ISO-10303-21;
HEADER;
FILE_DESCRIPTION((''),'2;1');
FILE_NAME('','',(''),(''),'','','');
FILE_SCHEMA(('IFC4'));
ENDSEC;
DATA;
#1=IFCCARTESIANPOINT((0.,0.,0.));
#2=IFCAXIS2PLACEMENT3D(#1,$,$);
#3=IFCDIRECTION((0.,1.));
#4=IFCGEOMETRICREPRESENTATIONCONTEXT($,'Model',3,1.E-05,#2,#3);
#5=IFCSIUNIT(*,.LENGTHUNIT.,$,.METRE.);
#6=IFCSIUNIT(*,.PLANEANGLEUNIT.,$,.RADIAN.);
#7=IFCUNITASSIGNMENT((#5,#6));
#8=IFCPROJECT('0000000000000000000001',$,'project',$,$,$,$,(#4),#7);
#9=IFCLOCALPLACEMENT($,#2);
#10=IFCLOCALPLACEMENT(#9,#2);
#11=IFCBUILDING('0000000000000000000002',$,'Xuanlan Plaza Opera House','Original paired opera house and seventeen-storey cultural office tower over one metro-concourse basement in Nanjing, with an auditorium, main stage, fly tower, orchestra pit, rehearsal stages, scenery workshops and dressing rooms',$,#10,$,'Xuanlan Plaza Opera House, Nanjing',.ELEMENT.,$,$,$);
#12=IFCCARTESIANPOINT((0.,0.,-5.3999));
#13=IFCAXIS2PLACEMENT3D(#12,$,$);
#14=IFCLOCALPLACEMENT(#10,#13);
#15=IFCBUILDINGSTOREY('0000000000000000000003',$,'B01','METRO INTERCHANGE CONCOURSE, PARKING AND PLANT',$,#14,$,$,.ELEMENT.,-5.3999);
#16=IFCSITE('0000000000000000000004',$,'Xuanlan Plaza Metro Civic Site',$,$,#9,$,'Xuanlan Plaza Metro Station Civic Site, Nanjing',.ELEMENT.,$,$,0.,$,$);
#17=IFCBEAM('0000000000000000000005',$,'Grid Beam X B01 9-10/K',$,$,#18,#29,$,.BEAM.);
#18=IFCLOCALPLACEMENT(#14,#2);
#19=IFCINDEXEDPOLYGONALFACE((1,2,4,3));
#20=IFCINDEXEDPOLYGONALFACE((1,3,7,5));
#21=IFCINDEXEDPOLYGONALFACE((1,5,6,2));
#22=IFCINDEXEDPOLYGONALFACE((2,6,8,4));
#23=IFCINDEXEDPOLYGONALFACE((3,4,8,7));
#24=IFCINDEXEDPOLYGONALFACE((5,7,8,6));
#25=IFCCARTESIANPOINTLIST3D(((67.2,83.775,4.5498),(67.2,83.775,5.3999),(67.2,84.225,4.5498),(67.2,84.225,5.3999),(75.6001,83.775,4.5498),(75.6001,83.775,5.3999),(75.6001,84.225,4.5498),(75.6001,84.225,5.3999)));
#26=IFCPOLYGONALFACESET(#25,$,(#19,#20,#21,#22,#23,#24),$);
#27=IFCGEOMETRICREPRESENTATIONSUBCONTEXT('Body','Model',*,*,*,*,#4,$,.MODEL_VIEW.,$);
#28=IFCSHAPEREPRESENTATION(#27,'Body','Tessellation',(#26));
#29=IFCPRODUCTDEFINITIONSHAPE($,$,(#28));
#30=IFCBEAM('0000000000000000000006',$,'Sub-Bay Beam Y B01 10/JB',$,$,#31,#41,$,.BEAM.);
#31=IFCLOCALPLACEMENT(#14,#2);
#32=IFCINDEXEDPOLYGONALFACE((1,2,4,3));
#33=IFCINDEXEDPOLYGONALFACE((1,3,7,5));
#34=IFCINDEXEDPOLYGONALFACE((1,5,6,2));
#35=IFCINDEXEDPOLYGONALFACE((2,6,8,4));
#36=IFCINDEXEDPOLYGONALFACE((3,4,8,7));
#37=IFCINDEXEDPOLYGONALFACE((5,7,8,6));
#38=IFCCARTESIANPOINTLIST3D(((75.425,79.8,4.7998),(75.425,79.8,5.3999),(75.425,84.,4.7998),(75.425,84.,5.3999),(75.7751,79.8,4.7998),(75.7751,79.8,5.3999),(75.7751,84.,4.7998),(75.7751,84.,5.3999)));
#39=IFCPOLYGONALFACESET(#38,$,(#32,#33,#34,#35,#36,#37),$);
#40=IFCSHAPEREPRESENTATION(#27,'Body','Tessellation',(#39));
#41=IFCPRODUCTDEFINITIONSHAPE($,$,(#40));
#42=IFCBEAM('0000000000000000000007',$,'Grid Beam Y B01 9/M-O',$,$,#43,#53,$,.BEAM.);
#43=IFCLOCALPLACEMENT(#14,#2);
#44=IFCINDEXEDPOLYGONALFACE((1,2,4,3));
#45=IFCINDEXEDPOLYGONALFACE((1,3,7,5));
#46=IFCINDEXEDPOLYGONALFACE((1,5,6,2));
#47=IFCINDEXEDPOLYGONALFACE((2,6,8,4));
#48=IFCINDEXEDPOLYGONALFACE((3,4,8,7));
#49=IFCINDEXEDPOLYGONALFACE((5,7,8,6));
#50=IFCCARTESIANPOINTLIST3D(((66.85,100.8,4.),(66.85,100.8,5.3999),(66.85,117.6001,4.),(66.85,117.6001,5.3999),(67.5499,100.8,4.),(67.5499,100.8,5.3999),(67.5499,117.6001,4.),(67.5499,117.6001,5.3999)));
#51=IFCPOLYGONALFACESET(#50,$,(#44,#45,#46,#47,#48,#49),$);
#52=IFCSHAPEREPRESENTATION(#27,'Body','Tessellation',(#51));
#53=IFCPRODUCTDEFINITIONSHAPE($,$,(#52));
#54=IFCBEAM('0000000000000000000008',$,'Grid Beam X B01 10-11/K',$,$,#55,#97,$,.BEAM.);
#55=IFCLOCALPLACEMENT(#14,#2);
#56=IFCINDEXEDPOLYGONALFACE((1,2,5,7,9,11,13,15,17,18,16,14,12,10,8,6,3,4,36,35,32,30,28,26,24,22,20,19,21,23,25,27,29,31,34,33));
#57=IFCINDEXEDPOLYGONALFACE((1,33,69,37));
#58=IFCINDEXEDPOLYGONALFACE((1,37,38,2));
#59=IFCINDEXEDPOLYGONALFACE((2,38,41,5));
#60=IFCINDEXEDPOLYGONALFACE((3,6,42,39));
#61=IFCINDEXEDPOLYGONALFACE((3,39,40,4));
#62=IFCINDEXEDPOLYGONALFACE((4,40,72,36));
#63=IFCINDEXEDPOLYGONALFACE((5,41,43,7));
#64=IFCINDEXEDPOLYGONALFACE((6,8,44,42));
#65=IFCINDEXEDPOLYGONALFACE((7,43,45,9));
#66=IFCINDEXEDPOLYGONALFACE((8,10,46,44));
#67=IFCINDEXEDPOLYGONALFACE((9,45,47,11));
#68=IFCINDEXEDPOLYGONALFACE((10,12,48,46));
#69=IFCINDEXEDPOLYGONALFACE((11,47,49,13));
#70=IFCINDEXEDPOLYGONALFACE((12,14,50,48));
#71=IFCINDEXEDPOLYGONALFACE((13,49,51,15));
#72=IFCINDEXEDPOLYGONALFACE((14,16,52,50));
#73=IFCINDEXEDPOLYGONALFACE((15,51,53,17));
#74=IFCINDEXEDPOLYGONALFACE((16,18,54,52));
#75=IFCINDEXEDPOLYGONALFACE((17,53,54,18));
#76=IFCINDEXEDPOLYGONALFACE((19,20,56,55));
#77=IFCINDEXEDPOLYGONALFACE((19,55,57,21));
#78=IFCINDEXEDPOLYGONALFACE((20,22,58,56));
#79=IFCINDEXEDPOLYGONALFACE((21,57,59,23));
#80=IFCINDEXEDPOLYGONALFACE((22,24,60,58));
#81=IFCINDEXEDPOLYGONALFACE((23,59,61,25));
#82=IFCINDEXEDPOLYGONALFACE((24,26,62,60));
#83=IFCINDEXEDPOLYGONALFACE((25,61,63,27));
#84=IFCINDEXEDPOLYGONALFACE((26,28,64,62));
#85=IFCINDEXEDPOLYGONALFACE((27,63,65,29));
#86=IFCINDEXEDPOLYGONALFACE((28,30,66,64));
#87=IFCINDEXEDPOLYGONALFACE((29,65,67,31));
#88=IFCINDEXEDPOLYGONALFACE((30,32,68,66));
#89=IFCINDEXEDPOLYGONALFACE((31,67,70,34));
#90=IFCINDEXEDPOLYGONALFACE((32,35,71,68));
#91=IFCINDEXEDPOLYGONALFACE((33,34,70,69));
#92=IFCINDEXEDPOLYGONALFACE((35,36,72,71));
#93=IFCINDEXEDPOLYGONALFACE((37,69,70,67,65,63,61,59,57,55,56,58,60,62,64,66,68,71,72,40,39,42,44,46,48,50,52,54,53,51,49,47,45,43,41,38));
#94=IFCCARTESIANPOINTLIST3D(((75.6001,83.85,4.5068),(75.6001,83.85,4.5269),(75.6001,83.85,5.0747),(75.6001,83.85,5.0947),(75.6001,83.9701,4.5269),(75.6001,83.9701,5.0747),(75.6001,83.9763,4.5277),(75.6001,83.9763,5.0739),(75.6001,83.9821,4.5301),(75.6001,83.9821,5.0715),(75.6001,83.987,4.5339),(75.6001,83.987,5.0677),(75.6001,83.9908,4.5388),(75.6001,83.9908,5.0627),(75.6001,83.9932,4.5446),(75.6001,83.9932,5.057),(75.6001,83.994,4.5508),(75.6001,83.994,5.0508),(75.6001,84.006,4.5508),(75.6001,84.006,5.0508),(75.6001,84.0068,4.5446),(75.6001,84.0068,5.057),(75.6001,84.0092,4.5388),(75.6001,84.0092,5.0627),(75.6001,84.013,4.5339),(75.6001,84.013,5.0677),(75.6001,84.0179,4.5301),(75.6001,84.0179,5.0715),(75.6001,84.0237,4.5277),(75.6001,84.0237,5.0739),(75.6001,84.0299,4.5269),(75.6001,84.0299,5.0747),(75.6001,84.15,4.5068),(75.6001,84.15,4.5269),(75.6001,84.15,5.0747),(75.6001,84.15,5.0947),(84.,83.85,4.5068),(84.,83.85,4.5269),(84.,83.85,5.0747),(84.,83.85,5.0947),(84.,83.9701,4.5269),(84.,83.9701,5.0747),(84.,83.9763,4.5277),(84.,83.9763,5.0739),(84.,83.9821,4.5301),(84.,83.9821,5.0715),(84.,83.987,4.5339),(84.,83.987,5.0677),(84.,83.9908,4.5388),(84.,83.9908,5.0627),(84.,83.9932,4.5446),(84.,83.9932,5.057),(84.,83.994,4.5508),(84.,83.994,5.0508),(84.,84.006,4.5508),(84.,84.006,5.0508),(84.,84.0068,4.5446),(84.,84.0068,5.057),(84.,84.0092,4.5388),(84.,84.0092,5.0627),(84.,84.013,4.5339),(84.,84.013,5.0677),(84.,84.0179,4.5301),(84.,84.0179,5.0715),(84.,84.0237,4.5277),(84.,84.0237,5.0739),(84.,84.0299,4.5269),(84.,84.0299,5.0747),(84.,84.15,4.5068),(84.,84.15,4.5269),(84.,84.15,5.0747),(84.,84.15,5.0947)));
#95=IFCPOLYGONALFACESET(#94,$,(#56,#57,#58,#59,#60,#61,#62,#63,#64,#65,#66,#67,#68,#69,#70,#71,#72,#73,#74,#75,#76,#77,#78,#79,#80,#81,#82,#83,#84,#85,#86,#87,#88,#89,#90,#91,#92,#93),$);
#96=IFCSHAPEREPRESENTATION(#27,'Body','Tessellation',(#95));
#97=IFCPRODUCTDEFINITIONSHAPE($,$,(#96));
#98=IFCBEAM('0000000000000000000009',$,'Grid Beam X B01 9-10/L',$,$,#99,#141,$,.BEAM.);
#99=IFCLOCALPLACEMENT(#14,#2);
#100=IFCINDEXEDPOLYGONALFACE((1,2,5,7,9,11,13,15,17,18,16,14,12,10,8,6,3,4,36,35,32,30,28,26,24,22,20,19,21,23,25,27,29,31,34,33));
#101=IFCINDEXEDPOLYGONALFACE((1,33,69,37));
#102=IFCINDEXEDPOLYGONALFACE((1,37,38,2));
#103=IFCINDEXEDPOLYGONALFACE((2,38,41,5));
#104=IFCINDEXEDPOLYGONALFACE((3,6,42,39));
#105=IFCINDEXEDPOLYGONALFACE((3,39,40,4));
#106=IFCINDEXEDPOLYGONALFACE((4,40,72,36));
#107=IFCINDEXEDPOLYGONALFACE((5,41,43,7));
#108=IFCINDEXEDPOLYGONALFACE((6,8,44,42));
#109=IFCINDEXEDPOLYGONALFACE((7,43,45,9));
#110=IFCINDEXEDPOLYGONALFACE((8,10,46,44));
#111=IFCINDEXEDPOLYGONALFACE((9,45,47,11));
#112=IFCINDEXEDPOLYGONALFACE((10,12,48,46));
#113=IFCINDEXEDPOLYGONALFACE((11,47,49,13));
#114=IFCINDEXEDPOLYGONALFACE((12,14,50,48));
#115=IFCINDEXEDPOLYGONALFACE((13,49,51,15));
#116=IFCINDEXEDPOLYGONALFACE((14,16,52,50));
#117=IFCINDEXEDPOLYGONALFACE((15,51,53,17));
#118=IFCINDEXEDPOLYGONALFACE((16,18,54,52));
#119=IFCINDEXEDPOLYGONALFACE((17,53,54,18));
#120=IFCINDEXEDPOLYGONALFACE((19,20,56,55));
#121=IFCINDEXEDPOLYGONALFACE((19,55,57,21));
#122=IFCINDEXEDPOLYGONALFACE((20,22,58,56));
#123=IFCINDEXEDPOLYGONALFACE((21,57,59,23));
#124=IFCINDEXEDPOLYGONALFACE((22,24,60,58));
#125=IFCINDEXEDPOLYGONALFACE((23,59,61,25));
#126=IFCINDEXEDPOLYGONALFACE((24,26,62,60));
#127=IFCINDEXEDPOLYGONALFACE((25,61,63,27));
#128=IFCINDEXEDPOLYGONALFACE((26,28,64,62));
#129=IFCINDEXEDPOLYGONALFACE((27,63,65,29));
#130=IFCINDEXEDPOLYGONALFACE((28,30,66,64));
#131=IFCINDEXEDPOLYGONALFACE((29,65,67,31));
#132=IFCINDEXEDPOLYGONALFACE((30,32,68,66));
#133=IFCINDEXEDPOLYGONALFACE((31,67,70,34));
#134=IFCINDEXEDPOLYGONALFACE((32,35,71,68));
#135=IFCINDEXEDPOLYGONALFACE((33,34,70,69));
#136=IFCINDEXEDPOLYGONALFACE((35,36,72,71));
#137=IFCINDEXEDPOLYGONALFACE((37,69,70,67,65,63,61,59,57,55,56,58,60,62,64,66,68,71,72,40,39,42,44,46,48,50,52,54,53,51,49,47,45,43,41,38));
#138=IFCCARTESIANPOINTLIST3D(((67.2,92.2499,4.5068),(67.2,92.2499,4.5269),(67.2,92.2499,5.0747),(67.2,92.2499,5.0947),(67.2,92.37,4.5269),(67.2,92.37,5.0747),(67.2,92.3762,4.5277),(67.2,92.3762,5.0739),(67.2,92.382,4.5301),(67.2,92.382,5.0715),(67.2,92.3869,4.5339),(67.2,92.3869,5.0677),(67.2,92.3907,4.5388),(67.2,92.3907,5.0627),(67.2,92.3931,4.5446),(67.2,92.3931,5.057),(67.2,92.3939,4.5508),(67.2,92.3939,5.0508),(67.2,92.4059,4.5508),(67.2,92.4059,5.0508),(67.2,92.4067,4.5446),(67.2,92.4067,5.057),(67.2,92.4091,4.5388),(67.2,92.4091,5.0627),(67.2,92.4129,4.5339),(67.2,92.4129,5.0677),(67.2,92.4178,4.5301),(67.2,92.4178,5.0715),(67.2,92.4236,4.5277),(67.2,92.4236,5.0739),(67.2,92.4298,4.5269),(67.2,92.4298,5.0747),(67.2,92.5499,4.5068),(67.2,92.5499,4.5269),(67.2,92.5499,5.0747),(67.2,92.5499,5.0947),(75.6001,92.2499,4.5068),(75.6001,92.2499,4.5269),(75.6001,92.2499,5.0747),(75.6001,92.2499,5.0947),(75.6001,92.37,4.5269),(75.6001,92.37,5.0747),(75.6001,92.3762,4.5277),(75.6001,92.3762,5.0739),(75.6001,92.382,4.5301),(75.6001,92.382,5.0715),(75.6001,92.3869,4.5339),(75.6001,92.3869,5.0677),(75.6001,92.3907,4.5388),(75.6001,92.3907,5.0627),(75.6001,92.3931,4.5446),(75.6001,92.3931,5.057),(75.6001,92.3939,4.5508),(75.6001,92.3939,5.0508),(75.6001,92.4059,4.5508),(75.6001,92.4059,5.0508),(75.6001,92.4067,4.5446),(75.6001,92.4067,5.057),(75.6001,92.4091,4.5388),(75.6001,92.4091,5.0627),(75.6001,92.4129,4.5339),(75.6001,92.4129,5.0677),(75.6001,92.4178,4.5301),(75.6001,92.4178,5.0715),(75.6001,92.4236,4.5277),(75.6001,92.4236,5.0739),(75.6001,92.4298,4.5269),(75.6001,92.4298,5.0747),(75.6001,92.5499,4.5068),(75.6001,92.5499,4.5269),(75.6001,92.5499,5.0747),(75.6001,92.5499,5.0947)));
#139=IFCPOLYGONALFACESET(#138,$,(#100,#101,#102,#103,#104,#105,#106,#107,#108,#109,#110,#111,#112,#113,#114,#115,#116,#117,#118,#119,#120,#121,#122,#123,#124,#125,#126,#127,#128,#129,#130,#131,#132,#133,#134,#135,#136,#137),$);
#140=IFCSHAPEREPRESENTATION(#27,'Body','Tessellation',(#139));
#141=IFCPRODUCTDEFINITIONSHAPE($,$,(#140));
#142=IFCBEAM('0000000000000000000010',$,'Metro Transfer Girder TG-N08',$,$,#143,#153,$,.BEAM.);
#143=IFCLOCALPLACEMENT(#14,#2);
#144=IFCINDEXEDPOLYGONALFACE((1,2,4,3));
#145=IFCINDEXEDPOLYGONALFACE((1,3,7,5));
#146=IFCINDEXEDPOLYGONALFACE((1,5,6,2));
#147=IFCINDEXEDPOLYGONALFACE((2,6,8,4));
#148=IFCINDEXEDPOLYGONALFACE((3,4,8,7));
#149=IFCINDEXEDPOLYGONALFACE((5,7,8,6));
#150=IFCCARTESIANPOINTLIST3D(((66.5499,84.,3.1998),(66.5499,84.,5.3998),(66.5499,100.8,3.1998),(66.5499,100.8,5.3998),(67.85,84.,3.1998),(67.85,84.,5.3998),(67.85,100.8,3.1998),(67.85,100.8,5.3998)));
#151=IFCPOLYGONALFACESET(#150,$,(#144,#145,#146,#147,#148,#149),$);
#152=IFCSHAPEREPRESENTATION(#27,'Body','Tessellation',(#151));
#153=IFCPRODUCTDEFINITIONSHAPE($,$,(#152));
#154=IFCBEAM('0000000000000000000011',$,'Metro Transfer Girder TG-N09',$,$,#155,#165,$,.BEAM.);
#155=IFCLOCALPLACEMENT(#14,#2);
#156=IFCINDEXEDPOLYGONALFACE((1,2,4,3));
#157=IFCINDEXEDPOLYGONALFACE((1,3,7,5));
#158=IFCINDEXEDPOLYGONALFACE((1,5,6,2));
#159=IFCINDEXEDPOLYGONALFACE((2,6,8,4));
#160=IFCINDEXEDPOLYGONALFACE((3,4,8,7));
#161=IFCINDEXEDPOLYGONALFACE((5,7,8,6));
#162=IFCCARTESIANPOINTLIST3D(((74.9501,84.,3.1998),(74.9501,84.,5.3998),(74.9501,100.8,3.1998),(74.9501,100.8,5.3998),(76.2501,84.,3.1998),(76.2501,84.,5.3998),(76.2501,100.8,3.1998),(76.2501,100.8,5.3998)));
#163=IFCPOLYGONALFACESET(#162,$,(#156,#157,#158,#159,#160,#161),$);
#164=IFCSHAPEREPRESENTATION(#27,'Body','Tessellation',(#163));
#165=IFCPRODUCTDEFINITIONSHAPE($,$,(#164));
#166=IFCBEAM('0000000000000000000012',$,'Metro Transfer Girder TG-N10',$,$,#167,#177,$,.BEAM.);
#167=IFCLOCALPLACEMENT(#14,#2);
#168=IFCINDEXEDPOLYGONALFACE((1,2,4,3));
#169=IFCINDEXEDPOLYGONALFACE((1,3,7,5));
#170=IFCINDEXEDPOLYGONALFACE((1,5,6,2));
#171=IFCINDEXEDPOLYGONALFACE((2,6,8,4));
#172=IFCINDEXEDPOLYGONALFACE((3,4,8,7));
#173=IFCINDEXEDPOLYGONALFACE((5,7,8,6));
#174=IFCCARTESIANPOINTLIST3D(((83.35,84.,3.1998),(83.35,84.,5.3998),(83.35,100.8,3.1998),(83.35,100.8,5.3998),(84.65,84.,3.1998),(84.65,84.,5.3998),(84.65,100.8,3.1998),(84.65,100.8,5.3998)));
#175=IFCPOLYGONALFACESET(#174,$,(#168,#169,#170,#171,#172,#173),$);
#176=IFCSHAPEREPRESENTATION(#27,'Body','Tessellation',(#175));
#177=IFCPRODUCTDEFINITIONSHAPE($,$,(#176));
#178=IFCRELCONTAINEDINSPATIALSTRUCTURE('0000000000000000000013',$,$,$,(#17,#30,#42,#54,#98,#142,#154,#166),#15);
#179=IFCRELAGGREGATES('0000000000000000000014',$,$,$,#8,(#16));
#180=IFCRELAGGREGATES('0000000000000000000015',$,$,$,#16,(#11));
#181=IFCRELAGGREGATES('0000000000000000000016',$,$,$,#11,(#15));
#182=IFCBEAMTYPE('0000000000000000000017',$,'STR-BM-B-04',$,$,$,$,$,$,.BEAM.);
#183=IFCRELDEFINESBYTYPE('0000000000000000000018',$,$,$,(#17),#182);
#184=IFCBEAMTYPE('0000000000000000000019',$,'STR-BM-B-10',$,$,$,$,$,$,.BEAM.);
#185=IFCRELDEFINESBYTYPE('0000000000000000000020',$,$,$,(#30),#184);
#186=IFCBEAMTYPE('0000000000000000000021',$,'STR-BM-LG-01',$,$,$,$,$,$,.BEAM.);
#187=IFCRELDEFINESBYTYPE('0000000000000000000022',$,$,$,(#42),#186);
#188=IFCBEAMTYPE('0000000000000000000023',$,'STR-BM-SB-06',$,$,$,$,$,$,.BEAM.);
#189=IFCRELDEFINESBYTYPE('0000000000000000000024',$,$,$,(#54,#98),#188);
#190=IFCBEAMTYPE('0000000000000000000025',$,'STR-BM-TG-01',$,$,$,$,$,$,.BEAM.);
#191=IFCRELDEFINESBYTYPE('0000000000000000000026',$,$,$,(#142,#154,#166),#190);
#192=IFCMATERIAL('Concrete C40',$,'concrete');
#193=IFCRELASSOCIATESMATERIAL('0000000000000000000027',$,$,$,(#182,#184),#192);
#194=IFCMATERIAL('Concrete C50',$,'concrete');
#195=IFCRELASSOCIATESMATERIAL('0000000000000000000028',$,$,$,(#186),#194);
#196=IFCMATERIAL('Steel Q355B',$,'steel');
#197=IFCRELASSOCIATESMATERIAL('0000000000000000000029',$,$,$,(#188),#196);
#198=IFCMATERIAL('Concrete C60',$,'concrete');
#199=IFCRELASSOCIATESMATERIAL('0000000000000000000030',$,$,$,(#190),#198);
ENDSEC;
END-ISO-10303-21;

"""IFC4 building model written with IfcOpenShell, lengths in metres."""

from ifc_helpers import new_model, si_unit, direction, frame, origin, origin_2d, place, context, subcontext, project, spatial, rectangle, i_section, extrude, material, material_profile, profile_set, type_object, element, save


model = new_model("IFC4")

# Units and contexts
model_context = context("Model", 3, precision=1e-05, world=origin(), true_north=direction((0.0, 1.0)))
body_context = subcontext(model_context, "Body", "Model", "MODEL_VIEW")
ifc_project = project(units=[si_unit("LENGTHUNIT", "METRE"), si_unit("PLANEANGLEUNIT", "RADIAN")], contexts=[model_context])

# Site, building, storey
site_placement = place(None, origin())
site = spatial("IfcSite", under=ifc_project, at=site_placement, Name="Xuanlan Plaza Metro Civic Site", LongName="Xuanlan Plaza Metro Station Civic Site, Nanjing", CompositionType="ELEMENT", RefElevation=0.0)
building_placement = place(site_placement, origin())
building = spatial("IfcBuilding", under=site, at=building_placement, Name="Xuanlan Plaza Opera House", Description="Original paired opera house and seventeen-storey cultural office tower over one metro-concourse basement in Nanjing, with an auditorium, main stage, fly tower, orchestra pit, rehearsal stages, scenery workshops and dressing rooms", LongName="Xuanlan Plaza Opera House, Nanjing", CompositionType="ELEMENT")
storey_placement = place(building_placement, frame((0.0, 0.0, -5.3999)))
storey = spatial("IfcBuildingStorey", under=building, at=storey_placement, Name="B01", Description="METRO INTERCHANGE CONCOURSE, PARKING AND PLANT", CompositionType="ELEMENT", Elevation=-5.3999)

# Shared definitions
ifc_material_1 = material(Name="Concrete C50", Category="concrete")
ifc_material_2 = material(Name="Concrete C40", Category="concrete")

# Shared definitions
ifc_material_3 = material(Name="Concrete C60", Category="concrete")

# Beams
ifc_material_profile_1 = material_profile(ifc_material_2, rectangle(XDim=0.45, YDim=0.8501, at=origin_2d()), Name="RC-BM 450x850")
ifc_profile_set_1 = profile_set([ifc_material_profile_1], Name="Concrete C40")
beam_type_1 = type_object("IfcBeamType", Name="STR-BM-B-04", PredefinedType="BEAM", material=ifc_profile_set_1)
beam_1_placement = place(storey_placement, frame((67.2, 84.0, 4.9749), z_axis=(1.0, 0.0, 0.0), x_axis=(0.0, 1.0, 0.0)))
element("IfcBeam", 1, at=beam_1_placement, inside=storey, type_object=beam_type_1, Name="Grid Beam X B01 9-10/K", PredefinedType="BEAM", context=body_context, shape_type="SweptSolid", body=[
    extrude(rectangle(XDim=0.45, YDim=0.8501, at=origin_2d()), origin(), (0.0, 0.0, 1.0), 8.4001),
])
ifc_material_profile_2 = material_profile(ifc_material_2, rectangle(XDim=0.3501, YDim=0.6001, at=origin_2d()), Name="RC-BM 350x600")
ifc_profile_set_2 = profile_set([ifc_material_profile_2], Name="Concrete C40")
beam_type_2 = type_object("IfcBeamType", Name="STR-BM-B-10", PredefinedType="BEAM", material=ifc_profile_set_2)
beam_2_placement = place(storey_placement, frame((75.6001, 79.8, 5.0999), z_axis=(0.0, 1.0, 0.0), x_axis=(-1.0, 0.0, 0.0)))
element("IfcBeam", 2, at=beam_2_placement, inside=storey, type_object=beam_type_2, Name="Sub-Bay Beam Y B01 10/JB", PredefinedType="BEAM", context=body_context, shape_type="SweptSolid", body=[
    extrude(rectangle(XDim=0.3501, YDim=0.6001, at=origin_2d()), origin(), (0.0, 0.0, 1.0), 4.2),
])
ifc_material_profile_3 = material_profile(ifc_material_1, rectangle(XDim=0.7, YDim=1.3999, at=origin_2d()), Name="RC-LG 700x1400")
ifc_profile_set_3 = profile_set([ifc_material_profile_3], Name="Concrete C50")
beam_type_3 = type_object("IfcBeamType", Name="STR-BM-LG-01", PredefinedType="BEAM", material=ifc_profile_set_3)
beam_3_placement = place(storey_placement, frame((67.2, 100.8, 4.7), z_axis=(0.0, 1.0, 0.0), x_axis=(-1.0, 0.0, 0.0)))
element("IfcBeam", 3, at=beam_3_placement, inside=storey, type_object=beam_type_3, Name="Grid Beam Y B01 9/M-O", PredefinedType="BEAM", context=body_context, shape_type="SweptSolid", body=[
    extrude(rectangle(XDim=0.7, YDim=1.3999, at=origin_2d()), origin(), (0.0, 0.0, 1.0), 16.8),
])
ifc_material_4 = material(Name="Steel Q355B", Category="steel")
ifc_material_profile_4 = material_profile(ifc_material_4, i_section(OverallWidth=0.3, OverallDepth=0.5879, WebThickness=0.012, FlangeThickness=0.02, FilletRadius=0.0239, at=origin_2d()), Name="HM 588x300x12x20")
ifc_profile_set_4 = profile_set([ifc_material_profile_4], Name="Steel Q355B")
beam_type_4 = type_object("IfcBeamType", Name="STR-BM-SB-06", PredefinedType="BEAM", material=ifc_profile_set_4)
beam_4_placement = place(storey_placement, frame((75.6001, 84.0, 4.8008), z_axis=(1.0, 0.0, 0.0), x_axis=(0.0, 1.0, 0.0)))
element("IfcBeam", 4, at=beam_4_placement, inside=storey, type_object=beam_type_4, Name="Grid Beam X B01 10-11/K", PredefinedType="BEAM", context=body_context, shape_type="SweptSolid", body=[
    extrude(i_section(OverallWidth=0.3, OverallDepth=0.5879, WebThickness=0.012, FlangeThickness=0.02, FilletRadius=0.0239, at=origin_2d()), origin(), (0.0, 0.0, 1.0), 8.3999),
])
beam_5_placement = place(storey_placement, frame((67.2, 92.3999, 4.8008), z_axis=(1.0, 0.0, 0.0), x_axis=(0.0, 1.0, 0.0)))
element("IfcBeam", 5, at=beam_5_placement, inside=storey, type_object=beam_type_4, Name="Grid Beam X B01 9-10/L", PredefinedType="BEAM", context=body_context, shape_type="SweptSolid", body=[
    extrude(i_section(OverallWidth=0.3, OverallDepth=0.5879, WebThickness=0.012, FlangeThickness=0.02, FilletRadius=0.0239, at=origin_2d()), origin(), (0.0, 0.0, 1.0), 8.4001),
])
ifc_material_profile_5 = material_profile(ifc_material_3, rectangle(XDim=1.3, YDim=2.2, at=origin_2d()), Name="RC-TG 1300x2200")
ifc_profile_set_5 = profile_set([ifc_material_profile_5], Name="Concrete C60")
beam_type_5 = type_object("IfcBeamType", Name="STR-BM-TG-01", PredefinedType="BEAM", material=ifc_profile_set_5)
for number, where, z_axis, x_axis, name in (
    (6, (67.2, 84.0, 4.2998), (0.0, 1.0, 0.0), (-1.0, 0.0, 0.0), "Metro Transfer Girder TG-N08"),
    (7, (75.6001, 84.0, 4.2998), (0.0, 1.0, 0.0), (-1.0, 0.0, 0.0), "Metro Transfer Girder TG-N09"),
    (8, (84.0, 84.0, 4.2998), (0.0, 1.0, 0.0), (-1.0, 0.0, 0.0), "Metro Transfer Girder TG-N10"),
):
    element("IfcBeam", number, at=place(storey_placement, frame(where, z_axis=z_axis, x_axis=x_axis)), inside=storey, type_object=beam_type_5, Name=name, PredefinedType="BEAM", context=body_context, shape_type="SweptSolid", body=[
        extrude(rectangle(XDim=1.3, YDim=2.2, at=origin_2d()), origin(), (0.0, 0.0, 1.0), 16.8),
    ])

save(model, "model.ifc")
